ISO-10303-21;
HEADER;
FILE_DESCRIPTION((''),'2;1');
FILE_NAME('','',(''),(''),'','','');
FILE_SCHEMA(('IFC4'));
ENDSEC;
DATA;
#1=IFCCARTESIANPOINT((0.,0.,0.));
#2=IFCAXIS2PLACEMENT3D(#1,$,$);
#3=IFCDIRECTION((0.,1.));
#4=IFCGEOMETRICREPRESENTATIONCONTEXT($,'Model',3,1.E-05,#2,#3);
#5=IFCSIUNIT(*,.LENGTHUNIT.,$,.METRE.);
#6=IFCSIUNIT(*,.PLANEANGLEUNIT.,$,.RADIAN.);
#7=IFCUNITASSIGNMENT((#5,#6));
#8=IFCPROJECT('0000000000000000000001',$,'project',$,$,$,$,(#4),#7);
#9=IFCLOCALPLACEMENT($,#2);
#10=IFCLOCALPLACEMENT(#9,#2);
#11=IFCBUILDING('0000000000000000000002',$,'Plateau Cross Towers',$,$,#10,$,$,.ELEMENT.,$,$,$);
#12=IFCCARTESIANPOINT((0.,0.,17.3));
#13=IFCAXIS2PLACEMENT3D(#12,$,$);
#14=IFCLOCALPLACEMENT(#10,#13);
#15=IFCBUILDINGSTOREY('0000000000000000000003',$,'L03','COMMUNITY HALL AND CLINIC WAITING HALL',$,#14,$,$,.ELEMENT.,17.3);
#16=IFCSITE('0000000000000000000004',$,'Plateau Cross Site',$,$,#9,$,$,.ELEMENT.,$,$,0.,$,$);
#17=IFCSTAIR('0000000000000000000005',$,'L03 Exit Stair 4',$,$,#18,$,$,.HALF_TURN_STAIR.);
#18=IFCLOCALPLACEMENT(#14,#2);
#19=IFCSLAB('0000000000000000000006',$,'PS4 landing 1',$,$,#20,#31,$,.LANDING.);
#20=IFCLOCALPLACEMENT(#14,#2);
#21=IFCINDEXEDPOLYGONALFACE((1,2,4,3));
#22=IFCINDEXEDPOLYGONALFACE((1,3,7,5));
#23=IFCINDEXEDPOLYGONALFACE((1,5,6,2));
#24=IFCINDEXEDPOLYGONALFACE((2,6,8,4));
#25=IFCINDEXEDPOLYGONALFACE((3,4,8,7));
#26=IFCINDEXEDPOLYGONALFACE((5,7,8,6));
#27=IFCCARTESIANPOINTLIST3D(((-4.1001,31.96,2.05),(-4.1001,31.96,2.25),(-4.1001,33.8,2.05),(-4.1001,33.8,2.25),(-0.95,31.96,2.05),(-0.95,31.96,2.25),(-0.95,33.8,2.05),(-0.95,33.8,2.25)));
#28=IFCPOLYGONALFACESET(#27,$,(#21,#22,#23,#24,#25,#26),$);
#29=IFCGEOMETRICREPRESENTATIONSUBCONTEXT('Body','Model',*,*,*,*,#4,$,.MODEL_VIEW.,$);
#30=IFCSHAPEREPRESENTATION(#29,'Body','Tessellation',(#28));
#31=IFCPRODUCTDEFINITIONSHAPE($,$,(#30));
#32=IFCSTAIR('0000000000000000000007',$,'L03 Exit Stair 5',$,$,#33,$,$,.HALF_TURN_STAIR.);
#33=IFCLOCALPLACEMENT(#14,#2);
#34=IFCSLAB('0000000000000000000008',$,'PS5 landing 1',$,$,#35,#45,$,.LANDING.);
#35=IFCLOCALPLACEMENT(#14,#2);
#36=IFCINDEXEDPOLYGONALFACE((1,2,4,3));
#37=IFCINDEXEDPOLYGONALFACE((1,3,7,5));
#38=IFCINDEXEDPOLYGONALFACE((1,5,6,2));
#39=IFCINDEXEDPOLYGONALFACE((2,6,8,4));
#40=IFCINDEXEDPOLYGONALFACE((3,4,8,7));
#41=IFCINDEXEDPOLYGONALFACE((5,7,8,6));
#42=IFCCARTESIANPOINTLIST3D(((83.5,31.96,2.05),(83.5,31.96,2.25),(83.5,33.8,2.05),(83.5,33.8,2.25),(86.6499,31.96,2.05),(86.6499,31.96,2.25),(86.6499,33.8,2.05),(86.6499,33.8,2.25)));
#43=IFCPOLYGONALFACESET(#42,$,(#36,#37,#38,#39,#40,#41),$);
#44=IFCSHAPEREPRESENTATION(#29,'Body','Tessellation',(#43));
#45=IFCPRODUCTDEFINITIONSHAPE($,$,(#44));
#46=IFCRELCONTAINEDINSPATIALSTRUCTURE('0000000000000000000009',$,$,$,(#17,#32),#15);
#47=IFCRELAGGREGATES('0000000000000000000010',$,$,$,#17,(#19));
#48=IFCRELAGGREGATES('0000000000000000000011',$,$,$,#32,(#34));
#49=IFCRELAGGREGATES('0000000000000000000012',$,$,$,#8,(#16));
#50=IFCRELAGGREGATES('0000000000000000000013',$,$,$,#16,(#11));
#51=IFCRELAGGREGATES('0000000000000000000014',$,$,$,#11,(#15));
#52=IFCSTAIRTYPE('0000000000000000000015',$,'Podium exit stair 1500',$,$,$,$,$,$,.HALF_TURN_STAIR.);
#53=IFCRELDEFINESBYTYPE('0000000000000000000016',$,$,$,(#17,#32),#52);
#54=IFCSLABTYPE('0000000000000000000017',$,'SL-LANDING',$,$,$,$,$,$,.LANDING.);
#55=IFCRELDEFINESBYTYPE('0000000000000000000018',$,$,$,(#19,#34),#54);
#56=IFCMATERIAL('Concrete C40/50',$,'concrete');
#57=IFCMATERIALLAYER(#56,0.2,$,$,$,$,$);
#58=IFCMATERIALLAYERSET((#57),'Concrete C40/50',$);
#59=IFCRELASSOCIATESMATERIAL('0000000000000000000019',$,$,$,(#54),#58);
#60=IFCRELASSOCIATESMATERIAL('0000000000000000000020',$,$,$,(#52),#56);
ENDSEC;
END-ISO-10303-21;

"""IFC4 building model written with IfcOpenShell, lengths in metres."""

from ifc_helpers import new_model, si_unit, direction, frame, origin, place, context, subcontext, project, spatial, polyline, outline, extrude, material, layer, layer_set, type_object, element, aggregate, save


model = new_model("IFC4")

# Units and contexts
model_context = context("Model", 3, precision=1e-05, world=origin(), true_north=direction((0.0, 1.0)))
body_context = subcontext(model_context, "Body", "Model", "MODEL_VIEW")
ifc_project = project(units=[si_unit("LENGTHUNIT", "METRE"), si_unit("PLANEANGLEUNIT", "RADIAN")], contexts=[model_context])

# Site, building, storey
site_placement = place(None, origin())
site = spatial("IfcSite", under=ifc_project, at=site_placement, Name="Plateau Cross Site", CompositionType="ELEMENT", RefElevation=0.0)
building_placement = place(site_placement, origin())
building = spatial("IfcBuilding", under=site, at=building_placement, Name="Plateau Cross Towers", CompositionType="ELEMENT")
storey_placement = place(building_placement, frame((0.0, 0.0, 17.3)))
storey = spatial("IfcBuildingStorey", under=building, at=storey_placement, Name="L03", Description="COMMUNITY HALL AND CLINIC WAITING HALL", CompositionType="ELEMENT", Elevation=17.3)

# Stairs, slabs
ifc_material_1 = material(Name="Concrete C40/50", Category="concrete")
ifc_layer_1 = layer(ifc_material_1, 0.2)
ifc_layer_set_1 = layer_set([ifc_layer_1], Name="Concrete C40/50")
slab_type = type_object("IfcSlabType", Name="SL-LANDING", PredefinedType="LANDING", material=ifc_layer_set_1)
stair_type_1 = type_object("IfcStairType", Name="Podium exit stair 1500", PredefinedType="HALF_TURN_STAIR", material=ifc_material_1)
stair_1_placement = place(storey_placement, origin())
stair_1 = element("IfcStair", 1, at=stair_1_placement, inside=storey, type_object=stair_type_1, Name="L03 Exit Stair 4", PredefinedType="HALF_TURN_STAIR")
slab_1_placement = place(storey_placement, frame((0.0, 0.0, 2.05)))
slab_1 = element("IfcSlab", 2, at=slab_1_placement, type_object=slab_type, Name="PS4 landing 1", PredefinedType="LANDING", context=body_context, shape_type="SweptSolid", body=[
    extrude(outline(polyline([(-0.95, 31.96), (-0.95, 33.8), (-4.1001, 33.8), (-4.1001, 31.96), (-0.95, 31.96)])), origin(), (0.0, 0.0, 1.0), 0.2),
])
aggregate(stair_1, [slab_1])
stair_2_placement = place(storey_placement, origin())
stair_2 = element("IfcStair", 3, at=stair_2_placement, inside=storey, type_object=stair_type_1, Name="L03 Exit Stair 5", PredefinedType="HALF_TURN_STAIR")
slab_2_placement = place(storey_placement, frame((0.0, 0.0, 2.05)))
slab_2 = element("IfcSlab", 4, at=slab_2_placement, type_object=slab_type, Name="PS5 landing 1", PredefinedType="LANDING", context=body_context, shape_type="SweptSolid", body=[
    extrude(outline(polyline([(86.6499, 31.96), (86.6499, 33.8), (83.5, 33.8), (83.5, 31.96), (86.6499, 31.96)])), origin(), (0.0, 0.0, 1.0), 0.2),
])
aggregate(stair_2, [slab_2])

save(model, "model.ifc")
